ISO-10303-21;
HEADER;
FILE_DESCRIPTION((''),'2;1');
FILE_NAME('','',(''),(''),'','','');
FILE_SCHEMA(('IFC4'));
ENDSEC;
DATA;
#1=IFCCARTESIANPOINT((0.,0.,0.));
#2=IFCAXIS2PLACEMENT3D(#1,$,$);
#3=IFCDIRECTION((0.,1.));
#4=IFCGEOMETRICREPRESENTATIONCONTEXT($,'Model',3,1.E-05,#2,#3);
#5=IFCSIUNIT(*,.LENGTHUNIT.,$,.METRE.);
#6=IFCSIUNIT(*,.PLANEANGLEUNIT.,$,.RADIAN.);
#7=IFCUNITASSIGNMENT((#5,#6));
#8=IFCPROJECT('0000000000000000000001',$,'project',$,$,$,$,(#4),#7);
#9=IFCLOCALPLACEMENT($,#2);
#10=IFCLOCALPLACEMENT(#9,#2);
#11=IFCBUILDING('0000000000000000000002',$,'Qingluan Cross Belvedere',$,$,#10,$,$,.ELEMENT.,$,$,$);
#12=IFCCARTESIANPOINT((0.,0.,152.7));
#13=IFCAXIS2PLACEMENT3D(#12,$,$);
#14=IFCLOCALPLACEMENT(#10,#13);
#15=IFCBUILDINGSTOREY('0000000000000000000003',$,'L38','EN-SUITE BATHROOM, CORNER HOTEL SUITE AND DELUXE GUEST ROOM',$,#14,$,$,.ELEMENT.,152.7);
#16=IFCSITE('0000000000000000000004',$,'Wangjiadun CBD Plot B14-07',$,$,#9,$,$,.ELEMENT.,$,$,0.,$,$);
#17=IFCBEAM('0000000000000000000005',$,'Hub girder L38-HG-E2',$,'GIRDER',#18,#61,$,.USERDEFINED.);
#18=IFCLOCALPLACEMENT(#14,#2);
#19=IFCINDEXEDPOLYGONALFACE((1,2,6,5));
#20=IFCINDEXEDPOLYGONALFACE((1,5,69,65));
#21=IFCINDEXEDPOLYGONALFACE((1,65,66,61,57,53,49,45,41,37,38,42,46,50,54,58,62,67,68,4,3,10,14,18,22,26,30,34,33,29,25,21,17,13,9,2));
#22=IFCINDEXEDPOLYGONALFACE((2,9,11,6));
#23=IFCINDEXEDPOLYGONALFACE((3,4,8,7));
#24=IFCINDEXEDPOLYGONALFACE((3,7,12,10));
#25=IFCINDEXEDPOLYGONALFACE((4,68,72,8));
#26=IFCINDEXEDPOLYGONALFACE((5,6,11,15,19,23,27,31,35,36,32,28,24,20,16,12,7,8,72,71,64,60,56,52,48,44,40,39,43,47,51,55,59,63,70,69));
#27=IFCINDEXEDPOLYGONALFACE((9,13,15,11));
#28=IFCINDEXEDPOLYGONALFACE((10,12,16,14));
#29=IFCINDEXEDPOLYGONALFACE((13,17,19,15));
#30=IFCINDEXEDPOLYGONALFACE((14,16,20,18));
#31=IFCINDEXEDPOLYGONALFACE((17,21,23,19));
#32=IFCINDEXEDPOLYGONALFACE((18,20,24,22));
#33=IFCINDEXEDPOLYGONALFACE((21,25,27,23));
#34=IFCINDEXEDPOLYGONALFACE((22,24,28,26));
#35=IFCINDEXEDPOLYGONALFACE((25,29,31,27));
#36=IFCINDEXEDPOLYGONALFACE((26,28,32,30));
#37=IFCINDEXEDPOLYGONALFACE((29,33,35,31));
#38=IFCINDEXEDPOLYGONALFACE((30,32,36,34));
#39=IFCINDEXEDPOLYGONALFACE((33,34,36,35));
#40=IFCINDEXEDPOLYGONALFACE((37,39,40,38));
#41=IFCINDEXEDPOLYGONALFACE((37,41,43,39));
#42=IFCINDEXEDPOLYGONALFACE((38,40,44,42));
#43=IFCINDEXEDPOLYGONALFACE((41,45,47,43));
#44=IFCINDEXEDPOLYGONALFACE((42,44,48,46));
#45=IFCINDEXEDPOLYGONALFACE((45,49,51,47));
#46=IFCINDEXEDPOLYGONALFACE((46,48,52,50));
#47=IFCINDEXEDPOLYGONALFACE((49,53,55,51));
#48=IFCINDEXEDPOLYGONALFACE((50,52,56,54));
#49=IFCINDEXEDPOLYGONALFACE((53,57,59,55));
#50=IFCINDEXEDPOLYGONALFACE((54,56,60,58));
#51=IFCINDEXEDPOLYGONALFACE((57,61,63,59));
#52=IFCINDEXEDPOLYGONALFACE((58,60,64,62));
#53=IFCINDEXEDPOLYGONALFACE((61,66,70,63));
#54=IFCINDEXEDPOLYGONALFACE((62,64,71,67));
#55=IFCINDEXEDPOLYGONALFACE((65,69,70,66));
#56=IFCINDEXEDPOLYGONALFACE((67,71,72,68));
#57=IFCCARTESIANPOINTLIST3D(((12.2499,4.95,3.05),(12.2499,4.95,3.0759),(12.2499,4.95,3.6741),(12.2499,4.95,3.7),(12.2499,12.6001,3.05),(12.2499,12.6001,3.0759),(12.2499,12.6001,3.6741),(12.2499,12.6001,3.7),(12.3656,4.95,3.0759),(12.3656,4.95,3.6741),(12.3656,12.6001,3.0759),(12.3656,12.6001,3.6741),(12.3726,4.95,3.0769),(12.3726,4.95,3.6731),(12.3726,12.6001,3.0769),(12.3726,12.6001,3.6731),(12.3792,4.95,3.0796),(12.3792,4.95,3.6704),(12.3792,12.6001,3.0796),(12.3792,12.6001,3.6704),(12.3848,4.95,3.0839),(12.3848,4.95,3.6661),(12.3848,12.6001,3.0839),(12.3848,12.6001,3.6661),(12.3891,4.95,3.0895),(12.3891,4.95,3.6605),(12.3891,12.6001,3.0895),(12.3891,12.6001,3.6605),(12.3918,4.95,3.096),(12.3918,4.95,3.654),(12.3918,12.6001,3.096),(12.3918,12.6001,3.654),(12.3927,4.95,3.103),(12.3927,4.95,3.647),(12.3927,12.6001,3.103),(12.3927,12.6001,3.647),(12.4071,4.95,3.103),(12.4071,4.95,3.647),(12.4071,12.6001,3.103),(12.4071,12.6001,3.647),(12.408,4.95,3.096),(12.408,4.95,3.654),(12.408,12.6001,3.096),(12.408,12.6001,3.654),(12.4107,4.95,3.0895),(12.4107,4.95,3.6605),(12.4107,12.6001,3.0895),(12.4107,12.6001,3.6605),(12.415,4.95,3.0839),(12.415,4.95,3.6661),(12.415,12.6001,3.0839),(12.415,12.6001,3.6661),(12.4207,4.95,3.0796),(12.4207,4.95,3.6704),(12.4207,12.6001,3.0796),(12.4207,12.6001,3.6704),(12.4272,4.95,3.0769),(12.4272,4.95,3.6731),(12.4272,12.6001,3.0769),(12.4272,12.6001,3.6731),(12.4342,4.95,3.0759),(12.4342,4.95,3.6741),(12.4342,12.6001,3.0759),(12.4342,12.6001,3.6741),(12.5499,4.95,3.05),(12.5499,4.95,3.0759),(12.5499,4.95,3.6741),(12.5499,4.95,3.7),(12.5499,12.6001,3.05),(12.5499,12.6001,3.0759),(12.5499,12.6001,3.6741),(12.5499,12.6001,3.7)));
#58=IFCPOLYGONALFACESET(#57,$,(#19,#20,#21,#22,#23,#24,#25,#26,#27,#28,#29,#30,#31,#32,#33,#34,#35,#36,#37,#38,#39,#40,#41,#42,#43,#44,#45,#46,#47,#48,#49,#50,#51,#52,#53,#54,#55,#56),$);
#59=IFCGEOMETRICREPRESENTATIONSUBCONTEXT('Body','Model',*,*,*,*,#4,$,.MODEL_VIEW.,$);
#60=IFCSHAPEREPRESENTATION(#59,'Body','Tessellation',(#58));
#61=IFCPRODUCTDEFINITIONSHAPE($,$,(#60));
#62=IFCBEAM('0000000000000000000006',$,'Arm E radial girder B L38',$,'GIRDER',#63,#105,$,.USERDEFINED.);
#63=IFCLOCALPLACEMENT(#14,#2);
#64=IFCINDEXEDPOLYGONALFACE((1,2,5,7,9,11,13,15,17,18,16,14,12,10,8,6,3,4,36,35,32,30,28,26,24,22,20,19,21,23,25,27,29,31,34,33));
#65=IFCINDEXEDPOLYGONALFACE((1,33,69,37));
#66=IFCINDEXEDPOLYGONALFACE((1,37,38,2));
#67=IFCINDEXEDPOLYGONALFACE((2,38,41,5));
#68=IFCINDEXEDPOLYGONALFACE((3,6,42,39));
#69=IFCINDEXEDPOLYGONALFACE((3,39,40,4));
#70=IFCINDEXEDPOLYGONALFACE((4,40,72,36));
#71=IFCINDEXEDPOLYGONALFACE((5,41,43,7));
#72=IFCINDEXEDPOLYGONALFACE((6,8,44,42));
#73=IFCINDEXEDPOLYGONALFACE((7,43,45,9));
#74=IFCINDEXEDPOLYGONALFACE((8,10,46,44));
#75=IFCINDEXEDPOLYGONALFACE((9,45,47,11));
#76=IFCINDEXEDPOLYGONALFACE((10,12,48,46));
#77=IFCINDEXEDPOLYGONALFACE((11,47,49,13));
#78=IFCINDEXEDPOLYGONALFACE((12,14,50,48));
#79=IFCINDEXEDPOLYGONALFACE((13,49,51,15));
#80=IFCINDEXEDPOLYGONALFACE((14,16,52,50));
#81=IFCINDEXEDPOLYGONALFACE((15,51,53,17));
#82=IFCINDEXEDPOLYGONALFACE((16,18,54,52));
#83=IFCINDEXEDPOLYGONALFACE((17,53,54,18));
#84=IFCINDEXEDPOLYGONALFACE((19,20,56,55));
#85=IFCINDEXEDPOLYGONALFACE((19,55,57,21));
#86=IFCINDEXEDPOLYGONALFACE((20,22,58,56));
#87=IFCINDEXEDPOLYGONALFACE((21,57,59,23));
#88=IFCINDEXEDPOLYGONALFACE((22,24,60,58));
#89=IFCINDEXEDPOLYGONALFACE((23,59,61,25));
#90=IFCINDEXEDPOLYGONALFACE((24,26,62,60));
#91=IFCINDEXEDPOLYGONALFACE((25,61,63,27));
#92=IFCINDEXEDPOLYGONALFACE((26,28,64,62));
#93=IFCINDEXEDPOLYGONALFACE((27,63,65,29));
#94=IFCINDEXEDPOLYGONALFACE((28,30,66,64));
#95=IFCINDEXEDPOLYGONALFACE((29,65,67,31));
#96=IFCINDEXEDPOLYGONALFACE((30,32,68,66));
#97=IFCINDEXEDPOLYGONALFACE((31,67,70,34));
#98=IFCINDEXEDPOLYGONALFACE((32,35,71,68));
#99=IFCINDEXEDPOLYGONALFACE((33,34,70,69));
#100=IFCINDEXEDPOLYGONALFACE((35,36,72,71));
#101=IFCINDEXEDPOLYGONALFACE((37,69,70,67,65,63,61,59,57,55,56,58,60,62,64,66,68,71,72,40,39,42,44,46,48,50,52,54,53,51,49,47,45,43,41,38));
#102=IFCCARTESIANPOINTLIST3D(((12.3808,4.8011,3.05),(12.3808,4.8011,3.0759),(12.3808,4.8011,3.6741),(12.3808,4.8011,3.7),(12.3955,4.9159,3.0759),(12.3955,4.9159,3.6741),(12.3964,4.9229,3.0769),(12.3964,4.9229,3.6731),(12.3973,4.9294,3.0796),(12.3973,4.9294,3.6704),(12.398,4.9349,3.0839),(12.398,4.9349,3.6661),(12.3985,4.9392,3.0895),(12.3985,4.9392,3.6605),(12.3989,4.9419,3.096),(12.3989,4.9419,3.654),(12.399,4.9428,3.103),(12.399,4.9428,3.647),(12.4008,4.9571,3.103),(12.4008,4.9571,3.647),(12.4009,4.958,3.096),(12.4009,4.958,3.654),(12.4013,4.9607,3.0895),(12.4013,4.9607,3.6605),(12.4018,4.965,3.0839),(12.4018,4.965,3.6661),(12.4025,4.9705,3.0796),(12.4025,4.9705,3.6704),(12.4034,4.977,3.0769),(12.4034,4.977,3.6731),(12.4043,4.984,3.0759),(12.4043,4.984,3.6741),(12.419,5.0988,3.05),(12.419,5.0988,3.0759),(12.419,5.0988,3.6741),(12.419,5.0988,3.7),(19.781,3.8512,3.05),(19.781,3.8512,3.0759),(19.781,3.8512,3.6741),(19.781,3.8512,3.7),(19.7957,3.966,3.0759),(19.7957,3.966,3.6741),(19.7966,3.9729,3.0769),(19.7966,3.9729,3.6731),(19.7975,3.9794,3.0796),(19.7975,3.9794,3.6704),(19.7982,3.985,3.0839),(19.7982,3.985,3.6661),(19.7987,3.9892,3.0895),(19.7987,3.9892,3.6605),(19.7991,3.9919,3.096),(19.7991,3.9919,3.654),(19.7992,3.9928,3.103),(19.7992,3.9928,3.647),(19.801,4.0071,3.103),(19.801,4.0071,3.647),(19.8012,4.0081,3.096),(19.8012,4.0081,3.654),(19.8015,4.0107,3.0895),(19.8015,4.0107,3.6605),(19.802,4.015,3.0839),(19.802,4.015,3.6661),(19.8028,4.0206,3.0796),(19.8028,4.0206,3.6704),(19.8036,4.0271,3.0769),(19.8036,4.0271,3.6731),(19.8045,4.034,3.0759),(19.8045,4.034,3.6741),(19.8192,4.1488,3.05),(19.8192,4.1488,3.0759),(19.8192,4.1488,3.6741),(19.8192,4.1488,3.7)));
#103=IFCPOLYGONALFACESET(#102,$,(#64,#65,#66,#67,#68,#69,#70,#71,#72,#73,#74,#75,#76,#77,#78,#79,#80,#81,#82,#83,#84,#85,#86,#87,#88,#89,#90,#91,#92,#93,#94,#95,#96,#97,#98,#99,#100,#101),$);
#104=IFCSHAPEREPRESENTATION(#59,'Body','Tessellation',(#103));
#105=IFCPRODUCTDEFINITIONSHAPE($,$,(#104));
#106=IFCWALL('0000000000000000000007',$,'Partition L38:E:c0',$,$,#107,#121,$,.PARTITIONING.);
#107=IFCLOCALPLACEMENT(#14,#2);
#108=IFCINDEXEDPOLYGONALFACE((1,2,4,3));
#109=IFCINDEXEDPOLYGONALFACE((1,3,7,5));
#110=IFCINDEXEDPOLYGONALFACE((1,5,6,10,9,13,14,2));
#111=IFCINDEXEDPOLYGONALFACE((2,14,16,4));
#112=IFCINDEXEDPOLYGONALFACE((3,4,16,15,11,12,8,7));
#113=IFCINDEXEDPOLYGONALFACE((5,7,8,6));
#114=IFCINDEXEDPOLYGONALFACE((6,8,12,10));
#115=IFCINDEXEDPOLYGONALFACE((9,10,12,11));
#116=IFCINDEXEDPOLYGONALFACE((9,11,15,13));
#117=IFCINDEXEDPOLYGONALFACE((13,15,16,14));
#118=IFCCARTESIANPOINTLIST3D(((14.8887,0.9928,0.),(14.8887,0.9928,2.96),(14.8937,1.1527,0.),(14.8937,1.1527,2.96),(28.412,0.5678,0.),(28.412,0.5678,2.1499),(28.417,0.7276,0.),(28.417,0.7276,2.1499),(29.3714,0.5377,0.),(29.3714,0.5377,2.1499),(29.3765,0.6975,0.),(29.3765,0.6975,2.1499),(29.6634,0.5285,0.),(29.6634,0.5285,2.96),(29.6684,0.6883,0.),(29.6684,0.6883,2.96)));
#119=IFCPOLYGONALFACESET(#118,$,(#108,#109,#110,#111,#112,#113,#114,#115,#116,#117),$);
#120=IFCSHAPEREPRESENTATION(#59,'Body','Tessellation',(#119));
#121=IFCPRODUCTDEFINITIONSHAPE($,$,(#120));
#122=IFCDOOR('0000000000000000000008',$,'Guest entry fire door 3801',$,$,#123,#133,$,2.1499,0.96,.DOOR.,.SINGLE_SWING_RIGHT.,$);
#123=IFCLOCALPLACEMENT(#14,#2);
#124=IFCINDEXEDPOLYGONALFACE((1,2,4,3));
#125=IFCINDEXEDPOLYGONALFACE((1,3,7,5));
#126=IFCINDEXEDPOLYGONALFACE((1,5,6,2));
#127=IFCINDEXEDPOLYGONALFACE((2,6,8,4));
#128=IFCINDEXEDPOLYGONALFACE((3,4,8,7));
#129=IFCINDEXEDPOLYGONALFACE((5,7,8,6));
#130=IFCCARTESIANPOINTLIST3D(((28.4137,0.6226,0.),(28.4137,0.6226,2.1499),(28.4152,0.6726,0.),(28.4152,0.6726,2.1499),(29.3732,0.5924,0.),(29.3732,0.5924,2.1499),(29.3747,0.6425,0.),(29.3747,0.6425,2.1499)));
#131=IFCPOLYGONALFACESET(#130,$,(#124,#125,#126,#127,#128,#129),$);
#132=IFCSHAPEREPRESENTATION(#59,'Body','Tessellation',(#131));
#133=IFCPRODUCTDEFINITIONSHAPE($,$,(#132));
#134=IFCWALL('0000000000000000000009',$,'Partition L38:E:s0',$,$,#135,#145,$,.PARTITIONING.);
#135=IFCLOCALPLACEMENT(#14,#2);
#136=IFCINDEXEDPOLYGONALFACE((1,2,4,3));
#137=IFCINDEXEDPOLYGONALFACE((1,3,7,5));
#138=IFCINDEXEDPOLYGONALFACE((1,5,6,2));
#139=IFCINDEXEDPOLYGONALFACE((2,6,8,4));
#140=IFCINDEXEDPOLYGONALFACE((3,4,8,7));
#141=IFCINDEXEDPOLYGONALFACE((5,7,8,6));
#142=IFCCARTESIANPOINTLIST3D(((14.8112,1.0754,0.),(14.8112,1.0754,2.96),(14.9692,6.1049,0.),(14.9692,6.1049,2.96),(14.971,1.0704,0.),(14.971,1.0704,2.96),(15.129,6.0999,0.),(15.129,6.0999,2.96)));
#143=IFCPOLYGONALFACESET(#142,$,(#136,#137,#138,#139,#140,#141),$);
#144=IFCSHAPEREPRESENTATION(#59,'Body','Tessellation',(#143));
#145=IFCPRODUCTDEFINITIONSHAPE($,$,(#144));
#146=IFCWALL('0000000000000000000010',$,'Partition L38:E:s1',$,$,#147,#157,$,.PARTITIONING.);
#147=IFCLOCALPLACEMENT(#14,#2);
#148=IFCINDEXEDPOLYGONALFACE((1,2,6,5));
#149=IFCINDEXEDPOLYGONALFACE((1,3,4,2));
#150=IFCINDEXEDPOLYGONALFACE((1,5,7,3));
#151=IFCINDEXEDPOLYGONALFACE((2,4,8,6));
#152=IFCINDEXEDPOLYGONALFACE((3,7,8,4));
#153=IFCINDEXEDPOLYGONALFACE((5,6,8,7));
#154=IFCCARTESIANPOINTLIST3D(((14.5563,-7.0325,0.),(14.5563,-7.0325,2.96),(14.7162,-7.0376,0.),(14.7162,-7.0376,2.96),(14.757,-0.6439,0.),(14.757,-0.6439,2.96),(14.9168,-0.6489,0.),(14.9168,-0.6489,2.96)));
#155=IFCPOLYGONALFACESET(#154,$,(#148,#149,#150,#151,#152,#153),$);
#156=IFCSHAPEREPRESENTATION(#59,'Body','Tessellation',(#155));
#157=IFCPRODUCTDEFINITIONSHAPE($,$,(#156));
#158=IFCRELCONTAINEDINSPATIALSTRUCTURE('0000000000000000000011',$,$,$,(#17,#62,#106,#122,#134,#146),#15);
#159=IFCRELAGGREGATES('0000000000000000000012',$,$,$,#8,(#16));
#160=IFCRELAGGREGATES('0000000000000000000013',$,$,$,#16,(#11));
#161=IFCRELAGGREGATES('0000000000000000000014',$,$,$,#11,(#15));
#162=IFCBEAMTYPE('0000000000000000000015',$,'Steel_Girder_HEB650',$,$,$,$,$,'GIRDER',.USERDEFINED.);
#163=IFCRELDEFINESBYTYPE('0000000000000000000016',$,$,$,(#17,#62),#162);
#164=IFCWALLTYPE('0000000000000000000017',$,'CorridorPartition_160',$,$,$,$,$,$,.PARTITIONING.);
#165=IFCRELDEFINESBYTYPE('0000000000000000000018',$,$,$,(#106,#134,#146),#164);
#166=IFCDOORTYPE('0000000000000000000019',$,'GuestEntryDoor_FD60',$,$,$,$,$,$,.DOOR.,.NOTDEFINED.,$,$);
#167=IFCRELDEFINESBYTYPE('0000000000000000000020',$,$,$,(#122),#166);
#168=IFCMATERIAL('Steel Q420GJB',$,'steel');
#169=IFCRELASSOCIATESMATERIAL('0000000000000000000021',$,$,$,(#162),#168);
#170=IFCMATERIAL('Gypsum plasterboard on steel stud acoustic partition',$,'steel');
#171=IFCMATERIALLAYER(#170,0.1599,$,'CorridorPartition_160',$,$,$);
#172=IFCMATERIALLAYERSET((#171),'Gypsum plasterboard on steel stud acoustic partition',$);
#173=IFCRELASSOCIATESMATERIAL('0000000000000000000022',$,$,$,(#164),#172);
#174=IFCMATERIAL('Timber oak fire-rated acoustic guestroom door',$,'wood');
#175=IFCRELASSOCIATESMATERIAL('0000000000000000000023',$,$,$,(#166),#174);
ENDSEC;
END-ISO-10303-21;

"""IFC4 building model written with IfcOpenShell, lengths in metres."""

from ifc_helpers import new_model, si_unit, direction, frame, frame_2d, origin, origin_2d, place, context, subcontext, project, spatial, rectangle, i_section, extrude, material, layer, layer_set, material_profile, profile_set, type_object, element, fill, save


model = new_model("IFC4")

# Units and contexts
model_context = context("Model", 3, precision=1e-05, world=origin(), true_north=direction((0.0, 1.0)))
body_context = subcontext(model_context, "Body", "Model", "MODEL_VIEW")
ifc_project = project(units=[si_unit("LENGTHUNIT", "METRE"), si_unit("PLANEANGLEUNIT", "RADIAN")], contexts=[model_context])

# Site, building, storey
site_placement = place(None, origin())
site = spatial("IfcSite", under=ifc_project, at=site_placement, Name="Wangjiadun CBD Plot B14-07", CompositionType="ELEMENT", RefElevation=0.0)
building_placement = place(site_placement, origin())
building = spatial("IfcBuilding", under=site, at=building_placement, Name="Qingluan Cross Belvedere", CompositionType="ELEMENT")
storey_placement = place(building_placement, frame((0.0, 0.0, 152.7)))
storey = spatial("IfcBuildingStorey", under=building, at=storey_placement, Name="L38", Description="EN-SUITE BATHROOM, CORNER HOTEL SUITE AND DELUXE GUEST ROOM", CompositionType="ELEMENT", Elevation=152.7)

# Beams
ifc_material_1 = material(Name="Steel Q420GJB", Category="steel")
ifc_material_profile_1 = material_profile(ifc_material_1, i_section(OverallWidth=0.3, OverallDepth=0.6499, WebThickness=0.0144, FlangeThickness=0.0259, FilletRadius=0.0271, at=origin_2d()), Name="HEB650")
ifc_profile_set_1 = profile_set([ifc_material_profile_1], Name="Steel Q420GJB")
beam_type_1 = type_object("IfcBeamType", Name="Steel_Girder_HEB650", ElementType="GIRDER", PredefinedType="USERDEFINED", material=ifc_profile_set_1)
beam_1_placement = place(storey_placement, frame((12.3999, 4.95, 3.375), z_axis=(0.0, 1.0, 0.0), x_axis=(-1.0, 0.0, 0.0)))
element("IfcBeam", 1, at=beam_1_placement, inside=storey, type_object=beam_type_1, Name="Hub girder L38-HG-E2", ObjectType="GIRDER", PredefinedType="USERDEFINED", context=body_context, shape_type="SweptSolid", body=[
    extrude(i_section(OverallWidth=0.3, OverallDepth=0.6499, WebThickness=0.0144, FlangeThickness=0.0259, FilletRadius=0.0271, at=origin_2d()), origin(), (0.0, 0.0, 1.0), 7.6501),
])
beam_2_placement = place(storey_placement, frame((12.3999, 4.95, 3.375), z_axis=(0.991861, -0.127324, 0.0), x_axis=(0.127324, 0.991861, 0.0)))
element("IfcBeam", 2, at=beam_2_placement, inside=storey, type_object=beam_type_1, Name="Arm E radial girder B L38", ObjectType="GIRDER", PredefinedType="USERDEFINED", context=body_context, shape_type="SweptSolid", body=[
    extrude(i_section(OverallWidth=0.3, OverallDepth=0.6499, WebThickness=0.0144, FlangeThickness=0.0259, FilletRadius=0.0271, at=origin_2d()), origin(), (0.0, 0.0, 1.0), 7.4609),
])

# Wall, opening, door
ifc_material_2 = material(Name="Gypsum plasterboard on steel stud acoustic partition", Category="steel")
ifc_layer_1 = layer(ifc_material_2, 0.1599, Name="CorridorPartition_160")
ifc_layer_set_1 = layer_set([ifc_layer_1], Name="Gypsum plasterboard on steel stud acoustic partition")
wall_type_1 = type_object("IfcWallType", Name="CorridorPartition_160", PredefinedType="PARTITIONING", material=ifc_layer_set_1)
wall_1_placement = place(storey_placement, frame((14.8911, 1.0728, 0.0), z_axis=(0.0, 0.0, 1.0), x_axis=(0.999506, -0.031414, 0.0)))
wall_1 = element("IfcWall", 3, at=wall_1_placement, inside=storey, type_object=wall_type_1, Name="Partition L38:E:c0", PredefinedType="PARTITIONING", context=body_context, shape_type="SweptSolid", body=[
    extrude(rectangle(XDim=14.782, YDim=0.1599, at=frame_2d((7.3911, 0.0))), origin(), (0.0, 0.0, 1.0), 2.96),
])
opening_1_placement = place(wall_1_placement, frame((13.53, 0.0, 0.0)))
opening_1 = element("IfcOpeningElement", 4, at=opening_1_placement, cuts=wall_1, PredefinedType="OPENING", context=body_context, shape_type="SweptSolid", body=[
    extrude(rectangle(XDim=0.96, YDim=2.1499, at=frame_2d((0.48, 1.075))), frame((0.0, 0.0898, 0.0), z_axis=(0.0, -1.0, 0.0), x_axis=(1.0, 0.0, 0.0)), (0.0, 0.0, 1.0), 0.1799),
])
ifc_material_3 = material(Name="Timber oak fire-rated acoustic guestroom door", Category="wood")
door_type_1 = type_object("IfcDoorType", Name="GuestEntryDoor_FD60", OperationType="NOTDEFINED", PredefinedType="DOOR", material=ifc_material_3)
door_1_placement = place(opening_1_placement, origin())
door_1 = element("IfcDoor", 5, at=door_1_placement, inside=storey, type_object=door_type_1, Name="Guest entry fire door 3801", OperationType="SINGLE_SWING_RIGHT", OverallHeight=2.1499, OverallWidth=0.96, PredefinedType="DOOR", context=body_context, shape_type="SweptSolid", body=[
    extrude(rectangle(XDim=0.96, YDim=2.1499, at=frame_2d((0.48, 1.075))), frame((0.0, 0.0249, 0.0), z_axis=(0.0, -1.0, 0.0), x_axis=(1.0, 0.0, 0.0)), (0.0, 0.0, 1.0), 0.05),
])
fill(opening_1, door_1)

# Walls
wall_2_placement = place(storey_placement, frame((14.8911, 1.0728, 0.0), z_axis=(0.0, 0.0, 1.0), x_axis=(0.031391, 0.999507, 0.0)))
element("IfcWall", 6, at=wall_2_placement, inside=storey, type_object=wall_type_1, Name="Partition L38:E:s0", PredefinedType="PARTITIONING", context=body_context, shape_type="SweptSolid", body=[
    extrude(rectangle(XDim=5.032, YDim=0.1599, at=frame_2d((2.5161, 0.0))), origin(), (0.0, 0.0, 1.0), 2.96),
])
wall_3_placement = place(storey_placement, frame((14.8369, -0.6465, 0.0), z_axis=(0.0, 0.0, 1.0), x_axis=(-0.031397, -0.999507, 0.0)))
element("IfcWall", 7, at=wall_3_placement, inside=storey, type_object=wall_type_1, Name="Partition L38:E:s1", PredefinedType="PARTITIONING", context=body_context, shape_type="SweptSolid", body=[
    extrude(rectangle(XDim=6.3918, YDim=0.1599, at=frame_2d((3.1958, 0.0))), origin(), (0.0, 0.0, 1.0), 2.96),
])

save(model, "model.ifc")
